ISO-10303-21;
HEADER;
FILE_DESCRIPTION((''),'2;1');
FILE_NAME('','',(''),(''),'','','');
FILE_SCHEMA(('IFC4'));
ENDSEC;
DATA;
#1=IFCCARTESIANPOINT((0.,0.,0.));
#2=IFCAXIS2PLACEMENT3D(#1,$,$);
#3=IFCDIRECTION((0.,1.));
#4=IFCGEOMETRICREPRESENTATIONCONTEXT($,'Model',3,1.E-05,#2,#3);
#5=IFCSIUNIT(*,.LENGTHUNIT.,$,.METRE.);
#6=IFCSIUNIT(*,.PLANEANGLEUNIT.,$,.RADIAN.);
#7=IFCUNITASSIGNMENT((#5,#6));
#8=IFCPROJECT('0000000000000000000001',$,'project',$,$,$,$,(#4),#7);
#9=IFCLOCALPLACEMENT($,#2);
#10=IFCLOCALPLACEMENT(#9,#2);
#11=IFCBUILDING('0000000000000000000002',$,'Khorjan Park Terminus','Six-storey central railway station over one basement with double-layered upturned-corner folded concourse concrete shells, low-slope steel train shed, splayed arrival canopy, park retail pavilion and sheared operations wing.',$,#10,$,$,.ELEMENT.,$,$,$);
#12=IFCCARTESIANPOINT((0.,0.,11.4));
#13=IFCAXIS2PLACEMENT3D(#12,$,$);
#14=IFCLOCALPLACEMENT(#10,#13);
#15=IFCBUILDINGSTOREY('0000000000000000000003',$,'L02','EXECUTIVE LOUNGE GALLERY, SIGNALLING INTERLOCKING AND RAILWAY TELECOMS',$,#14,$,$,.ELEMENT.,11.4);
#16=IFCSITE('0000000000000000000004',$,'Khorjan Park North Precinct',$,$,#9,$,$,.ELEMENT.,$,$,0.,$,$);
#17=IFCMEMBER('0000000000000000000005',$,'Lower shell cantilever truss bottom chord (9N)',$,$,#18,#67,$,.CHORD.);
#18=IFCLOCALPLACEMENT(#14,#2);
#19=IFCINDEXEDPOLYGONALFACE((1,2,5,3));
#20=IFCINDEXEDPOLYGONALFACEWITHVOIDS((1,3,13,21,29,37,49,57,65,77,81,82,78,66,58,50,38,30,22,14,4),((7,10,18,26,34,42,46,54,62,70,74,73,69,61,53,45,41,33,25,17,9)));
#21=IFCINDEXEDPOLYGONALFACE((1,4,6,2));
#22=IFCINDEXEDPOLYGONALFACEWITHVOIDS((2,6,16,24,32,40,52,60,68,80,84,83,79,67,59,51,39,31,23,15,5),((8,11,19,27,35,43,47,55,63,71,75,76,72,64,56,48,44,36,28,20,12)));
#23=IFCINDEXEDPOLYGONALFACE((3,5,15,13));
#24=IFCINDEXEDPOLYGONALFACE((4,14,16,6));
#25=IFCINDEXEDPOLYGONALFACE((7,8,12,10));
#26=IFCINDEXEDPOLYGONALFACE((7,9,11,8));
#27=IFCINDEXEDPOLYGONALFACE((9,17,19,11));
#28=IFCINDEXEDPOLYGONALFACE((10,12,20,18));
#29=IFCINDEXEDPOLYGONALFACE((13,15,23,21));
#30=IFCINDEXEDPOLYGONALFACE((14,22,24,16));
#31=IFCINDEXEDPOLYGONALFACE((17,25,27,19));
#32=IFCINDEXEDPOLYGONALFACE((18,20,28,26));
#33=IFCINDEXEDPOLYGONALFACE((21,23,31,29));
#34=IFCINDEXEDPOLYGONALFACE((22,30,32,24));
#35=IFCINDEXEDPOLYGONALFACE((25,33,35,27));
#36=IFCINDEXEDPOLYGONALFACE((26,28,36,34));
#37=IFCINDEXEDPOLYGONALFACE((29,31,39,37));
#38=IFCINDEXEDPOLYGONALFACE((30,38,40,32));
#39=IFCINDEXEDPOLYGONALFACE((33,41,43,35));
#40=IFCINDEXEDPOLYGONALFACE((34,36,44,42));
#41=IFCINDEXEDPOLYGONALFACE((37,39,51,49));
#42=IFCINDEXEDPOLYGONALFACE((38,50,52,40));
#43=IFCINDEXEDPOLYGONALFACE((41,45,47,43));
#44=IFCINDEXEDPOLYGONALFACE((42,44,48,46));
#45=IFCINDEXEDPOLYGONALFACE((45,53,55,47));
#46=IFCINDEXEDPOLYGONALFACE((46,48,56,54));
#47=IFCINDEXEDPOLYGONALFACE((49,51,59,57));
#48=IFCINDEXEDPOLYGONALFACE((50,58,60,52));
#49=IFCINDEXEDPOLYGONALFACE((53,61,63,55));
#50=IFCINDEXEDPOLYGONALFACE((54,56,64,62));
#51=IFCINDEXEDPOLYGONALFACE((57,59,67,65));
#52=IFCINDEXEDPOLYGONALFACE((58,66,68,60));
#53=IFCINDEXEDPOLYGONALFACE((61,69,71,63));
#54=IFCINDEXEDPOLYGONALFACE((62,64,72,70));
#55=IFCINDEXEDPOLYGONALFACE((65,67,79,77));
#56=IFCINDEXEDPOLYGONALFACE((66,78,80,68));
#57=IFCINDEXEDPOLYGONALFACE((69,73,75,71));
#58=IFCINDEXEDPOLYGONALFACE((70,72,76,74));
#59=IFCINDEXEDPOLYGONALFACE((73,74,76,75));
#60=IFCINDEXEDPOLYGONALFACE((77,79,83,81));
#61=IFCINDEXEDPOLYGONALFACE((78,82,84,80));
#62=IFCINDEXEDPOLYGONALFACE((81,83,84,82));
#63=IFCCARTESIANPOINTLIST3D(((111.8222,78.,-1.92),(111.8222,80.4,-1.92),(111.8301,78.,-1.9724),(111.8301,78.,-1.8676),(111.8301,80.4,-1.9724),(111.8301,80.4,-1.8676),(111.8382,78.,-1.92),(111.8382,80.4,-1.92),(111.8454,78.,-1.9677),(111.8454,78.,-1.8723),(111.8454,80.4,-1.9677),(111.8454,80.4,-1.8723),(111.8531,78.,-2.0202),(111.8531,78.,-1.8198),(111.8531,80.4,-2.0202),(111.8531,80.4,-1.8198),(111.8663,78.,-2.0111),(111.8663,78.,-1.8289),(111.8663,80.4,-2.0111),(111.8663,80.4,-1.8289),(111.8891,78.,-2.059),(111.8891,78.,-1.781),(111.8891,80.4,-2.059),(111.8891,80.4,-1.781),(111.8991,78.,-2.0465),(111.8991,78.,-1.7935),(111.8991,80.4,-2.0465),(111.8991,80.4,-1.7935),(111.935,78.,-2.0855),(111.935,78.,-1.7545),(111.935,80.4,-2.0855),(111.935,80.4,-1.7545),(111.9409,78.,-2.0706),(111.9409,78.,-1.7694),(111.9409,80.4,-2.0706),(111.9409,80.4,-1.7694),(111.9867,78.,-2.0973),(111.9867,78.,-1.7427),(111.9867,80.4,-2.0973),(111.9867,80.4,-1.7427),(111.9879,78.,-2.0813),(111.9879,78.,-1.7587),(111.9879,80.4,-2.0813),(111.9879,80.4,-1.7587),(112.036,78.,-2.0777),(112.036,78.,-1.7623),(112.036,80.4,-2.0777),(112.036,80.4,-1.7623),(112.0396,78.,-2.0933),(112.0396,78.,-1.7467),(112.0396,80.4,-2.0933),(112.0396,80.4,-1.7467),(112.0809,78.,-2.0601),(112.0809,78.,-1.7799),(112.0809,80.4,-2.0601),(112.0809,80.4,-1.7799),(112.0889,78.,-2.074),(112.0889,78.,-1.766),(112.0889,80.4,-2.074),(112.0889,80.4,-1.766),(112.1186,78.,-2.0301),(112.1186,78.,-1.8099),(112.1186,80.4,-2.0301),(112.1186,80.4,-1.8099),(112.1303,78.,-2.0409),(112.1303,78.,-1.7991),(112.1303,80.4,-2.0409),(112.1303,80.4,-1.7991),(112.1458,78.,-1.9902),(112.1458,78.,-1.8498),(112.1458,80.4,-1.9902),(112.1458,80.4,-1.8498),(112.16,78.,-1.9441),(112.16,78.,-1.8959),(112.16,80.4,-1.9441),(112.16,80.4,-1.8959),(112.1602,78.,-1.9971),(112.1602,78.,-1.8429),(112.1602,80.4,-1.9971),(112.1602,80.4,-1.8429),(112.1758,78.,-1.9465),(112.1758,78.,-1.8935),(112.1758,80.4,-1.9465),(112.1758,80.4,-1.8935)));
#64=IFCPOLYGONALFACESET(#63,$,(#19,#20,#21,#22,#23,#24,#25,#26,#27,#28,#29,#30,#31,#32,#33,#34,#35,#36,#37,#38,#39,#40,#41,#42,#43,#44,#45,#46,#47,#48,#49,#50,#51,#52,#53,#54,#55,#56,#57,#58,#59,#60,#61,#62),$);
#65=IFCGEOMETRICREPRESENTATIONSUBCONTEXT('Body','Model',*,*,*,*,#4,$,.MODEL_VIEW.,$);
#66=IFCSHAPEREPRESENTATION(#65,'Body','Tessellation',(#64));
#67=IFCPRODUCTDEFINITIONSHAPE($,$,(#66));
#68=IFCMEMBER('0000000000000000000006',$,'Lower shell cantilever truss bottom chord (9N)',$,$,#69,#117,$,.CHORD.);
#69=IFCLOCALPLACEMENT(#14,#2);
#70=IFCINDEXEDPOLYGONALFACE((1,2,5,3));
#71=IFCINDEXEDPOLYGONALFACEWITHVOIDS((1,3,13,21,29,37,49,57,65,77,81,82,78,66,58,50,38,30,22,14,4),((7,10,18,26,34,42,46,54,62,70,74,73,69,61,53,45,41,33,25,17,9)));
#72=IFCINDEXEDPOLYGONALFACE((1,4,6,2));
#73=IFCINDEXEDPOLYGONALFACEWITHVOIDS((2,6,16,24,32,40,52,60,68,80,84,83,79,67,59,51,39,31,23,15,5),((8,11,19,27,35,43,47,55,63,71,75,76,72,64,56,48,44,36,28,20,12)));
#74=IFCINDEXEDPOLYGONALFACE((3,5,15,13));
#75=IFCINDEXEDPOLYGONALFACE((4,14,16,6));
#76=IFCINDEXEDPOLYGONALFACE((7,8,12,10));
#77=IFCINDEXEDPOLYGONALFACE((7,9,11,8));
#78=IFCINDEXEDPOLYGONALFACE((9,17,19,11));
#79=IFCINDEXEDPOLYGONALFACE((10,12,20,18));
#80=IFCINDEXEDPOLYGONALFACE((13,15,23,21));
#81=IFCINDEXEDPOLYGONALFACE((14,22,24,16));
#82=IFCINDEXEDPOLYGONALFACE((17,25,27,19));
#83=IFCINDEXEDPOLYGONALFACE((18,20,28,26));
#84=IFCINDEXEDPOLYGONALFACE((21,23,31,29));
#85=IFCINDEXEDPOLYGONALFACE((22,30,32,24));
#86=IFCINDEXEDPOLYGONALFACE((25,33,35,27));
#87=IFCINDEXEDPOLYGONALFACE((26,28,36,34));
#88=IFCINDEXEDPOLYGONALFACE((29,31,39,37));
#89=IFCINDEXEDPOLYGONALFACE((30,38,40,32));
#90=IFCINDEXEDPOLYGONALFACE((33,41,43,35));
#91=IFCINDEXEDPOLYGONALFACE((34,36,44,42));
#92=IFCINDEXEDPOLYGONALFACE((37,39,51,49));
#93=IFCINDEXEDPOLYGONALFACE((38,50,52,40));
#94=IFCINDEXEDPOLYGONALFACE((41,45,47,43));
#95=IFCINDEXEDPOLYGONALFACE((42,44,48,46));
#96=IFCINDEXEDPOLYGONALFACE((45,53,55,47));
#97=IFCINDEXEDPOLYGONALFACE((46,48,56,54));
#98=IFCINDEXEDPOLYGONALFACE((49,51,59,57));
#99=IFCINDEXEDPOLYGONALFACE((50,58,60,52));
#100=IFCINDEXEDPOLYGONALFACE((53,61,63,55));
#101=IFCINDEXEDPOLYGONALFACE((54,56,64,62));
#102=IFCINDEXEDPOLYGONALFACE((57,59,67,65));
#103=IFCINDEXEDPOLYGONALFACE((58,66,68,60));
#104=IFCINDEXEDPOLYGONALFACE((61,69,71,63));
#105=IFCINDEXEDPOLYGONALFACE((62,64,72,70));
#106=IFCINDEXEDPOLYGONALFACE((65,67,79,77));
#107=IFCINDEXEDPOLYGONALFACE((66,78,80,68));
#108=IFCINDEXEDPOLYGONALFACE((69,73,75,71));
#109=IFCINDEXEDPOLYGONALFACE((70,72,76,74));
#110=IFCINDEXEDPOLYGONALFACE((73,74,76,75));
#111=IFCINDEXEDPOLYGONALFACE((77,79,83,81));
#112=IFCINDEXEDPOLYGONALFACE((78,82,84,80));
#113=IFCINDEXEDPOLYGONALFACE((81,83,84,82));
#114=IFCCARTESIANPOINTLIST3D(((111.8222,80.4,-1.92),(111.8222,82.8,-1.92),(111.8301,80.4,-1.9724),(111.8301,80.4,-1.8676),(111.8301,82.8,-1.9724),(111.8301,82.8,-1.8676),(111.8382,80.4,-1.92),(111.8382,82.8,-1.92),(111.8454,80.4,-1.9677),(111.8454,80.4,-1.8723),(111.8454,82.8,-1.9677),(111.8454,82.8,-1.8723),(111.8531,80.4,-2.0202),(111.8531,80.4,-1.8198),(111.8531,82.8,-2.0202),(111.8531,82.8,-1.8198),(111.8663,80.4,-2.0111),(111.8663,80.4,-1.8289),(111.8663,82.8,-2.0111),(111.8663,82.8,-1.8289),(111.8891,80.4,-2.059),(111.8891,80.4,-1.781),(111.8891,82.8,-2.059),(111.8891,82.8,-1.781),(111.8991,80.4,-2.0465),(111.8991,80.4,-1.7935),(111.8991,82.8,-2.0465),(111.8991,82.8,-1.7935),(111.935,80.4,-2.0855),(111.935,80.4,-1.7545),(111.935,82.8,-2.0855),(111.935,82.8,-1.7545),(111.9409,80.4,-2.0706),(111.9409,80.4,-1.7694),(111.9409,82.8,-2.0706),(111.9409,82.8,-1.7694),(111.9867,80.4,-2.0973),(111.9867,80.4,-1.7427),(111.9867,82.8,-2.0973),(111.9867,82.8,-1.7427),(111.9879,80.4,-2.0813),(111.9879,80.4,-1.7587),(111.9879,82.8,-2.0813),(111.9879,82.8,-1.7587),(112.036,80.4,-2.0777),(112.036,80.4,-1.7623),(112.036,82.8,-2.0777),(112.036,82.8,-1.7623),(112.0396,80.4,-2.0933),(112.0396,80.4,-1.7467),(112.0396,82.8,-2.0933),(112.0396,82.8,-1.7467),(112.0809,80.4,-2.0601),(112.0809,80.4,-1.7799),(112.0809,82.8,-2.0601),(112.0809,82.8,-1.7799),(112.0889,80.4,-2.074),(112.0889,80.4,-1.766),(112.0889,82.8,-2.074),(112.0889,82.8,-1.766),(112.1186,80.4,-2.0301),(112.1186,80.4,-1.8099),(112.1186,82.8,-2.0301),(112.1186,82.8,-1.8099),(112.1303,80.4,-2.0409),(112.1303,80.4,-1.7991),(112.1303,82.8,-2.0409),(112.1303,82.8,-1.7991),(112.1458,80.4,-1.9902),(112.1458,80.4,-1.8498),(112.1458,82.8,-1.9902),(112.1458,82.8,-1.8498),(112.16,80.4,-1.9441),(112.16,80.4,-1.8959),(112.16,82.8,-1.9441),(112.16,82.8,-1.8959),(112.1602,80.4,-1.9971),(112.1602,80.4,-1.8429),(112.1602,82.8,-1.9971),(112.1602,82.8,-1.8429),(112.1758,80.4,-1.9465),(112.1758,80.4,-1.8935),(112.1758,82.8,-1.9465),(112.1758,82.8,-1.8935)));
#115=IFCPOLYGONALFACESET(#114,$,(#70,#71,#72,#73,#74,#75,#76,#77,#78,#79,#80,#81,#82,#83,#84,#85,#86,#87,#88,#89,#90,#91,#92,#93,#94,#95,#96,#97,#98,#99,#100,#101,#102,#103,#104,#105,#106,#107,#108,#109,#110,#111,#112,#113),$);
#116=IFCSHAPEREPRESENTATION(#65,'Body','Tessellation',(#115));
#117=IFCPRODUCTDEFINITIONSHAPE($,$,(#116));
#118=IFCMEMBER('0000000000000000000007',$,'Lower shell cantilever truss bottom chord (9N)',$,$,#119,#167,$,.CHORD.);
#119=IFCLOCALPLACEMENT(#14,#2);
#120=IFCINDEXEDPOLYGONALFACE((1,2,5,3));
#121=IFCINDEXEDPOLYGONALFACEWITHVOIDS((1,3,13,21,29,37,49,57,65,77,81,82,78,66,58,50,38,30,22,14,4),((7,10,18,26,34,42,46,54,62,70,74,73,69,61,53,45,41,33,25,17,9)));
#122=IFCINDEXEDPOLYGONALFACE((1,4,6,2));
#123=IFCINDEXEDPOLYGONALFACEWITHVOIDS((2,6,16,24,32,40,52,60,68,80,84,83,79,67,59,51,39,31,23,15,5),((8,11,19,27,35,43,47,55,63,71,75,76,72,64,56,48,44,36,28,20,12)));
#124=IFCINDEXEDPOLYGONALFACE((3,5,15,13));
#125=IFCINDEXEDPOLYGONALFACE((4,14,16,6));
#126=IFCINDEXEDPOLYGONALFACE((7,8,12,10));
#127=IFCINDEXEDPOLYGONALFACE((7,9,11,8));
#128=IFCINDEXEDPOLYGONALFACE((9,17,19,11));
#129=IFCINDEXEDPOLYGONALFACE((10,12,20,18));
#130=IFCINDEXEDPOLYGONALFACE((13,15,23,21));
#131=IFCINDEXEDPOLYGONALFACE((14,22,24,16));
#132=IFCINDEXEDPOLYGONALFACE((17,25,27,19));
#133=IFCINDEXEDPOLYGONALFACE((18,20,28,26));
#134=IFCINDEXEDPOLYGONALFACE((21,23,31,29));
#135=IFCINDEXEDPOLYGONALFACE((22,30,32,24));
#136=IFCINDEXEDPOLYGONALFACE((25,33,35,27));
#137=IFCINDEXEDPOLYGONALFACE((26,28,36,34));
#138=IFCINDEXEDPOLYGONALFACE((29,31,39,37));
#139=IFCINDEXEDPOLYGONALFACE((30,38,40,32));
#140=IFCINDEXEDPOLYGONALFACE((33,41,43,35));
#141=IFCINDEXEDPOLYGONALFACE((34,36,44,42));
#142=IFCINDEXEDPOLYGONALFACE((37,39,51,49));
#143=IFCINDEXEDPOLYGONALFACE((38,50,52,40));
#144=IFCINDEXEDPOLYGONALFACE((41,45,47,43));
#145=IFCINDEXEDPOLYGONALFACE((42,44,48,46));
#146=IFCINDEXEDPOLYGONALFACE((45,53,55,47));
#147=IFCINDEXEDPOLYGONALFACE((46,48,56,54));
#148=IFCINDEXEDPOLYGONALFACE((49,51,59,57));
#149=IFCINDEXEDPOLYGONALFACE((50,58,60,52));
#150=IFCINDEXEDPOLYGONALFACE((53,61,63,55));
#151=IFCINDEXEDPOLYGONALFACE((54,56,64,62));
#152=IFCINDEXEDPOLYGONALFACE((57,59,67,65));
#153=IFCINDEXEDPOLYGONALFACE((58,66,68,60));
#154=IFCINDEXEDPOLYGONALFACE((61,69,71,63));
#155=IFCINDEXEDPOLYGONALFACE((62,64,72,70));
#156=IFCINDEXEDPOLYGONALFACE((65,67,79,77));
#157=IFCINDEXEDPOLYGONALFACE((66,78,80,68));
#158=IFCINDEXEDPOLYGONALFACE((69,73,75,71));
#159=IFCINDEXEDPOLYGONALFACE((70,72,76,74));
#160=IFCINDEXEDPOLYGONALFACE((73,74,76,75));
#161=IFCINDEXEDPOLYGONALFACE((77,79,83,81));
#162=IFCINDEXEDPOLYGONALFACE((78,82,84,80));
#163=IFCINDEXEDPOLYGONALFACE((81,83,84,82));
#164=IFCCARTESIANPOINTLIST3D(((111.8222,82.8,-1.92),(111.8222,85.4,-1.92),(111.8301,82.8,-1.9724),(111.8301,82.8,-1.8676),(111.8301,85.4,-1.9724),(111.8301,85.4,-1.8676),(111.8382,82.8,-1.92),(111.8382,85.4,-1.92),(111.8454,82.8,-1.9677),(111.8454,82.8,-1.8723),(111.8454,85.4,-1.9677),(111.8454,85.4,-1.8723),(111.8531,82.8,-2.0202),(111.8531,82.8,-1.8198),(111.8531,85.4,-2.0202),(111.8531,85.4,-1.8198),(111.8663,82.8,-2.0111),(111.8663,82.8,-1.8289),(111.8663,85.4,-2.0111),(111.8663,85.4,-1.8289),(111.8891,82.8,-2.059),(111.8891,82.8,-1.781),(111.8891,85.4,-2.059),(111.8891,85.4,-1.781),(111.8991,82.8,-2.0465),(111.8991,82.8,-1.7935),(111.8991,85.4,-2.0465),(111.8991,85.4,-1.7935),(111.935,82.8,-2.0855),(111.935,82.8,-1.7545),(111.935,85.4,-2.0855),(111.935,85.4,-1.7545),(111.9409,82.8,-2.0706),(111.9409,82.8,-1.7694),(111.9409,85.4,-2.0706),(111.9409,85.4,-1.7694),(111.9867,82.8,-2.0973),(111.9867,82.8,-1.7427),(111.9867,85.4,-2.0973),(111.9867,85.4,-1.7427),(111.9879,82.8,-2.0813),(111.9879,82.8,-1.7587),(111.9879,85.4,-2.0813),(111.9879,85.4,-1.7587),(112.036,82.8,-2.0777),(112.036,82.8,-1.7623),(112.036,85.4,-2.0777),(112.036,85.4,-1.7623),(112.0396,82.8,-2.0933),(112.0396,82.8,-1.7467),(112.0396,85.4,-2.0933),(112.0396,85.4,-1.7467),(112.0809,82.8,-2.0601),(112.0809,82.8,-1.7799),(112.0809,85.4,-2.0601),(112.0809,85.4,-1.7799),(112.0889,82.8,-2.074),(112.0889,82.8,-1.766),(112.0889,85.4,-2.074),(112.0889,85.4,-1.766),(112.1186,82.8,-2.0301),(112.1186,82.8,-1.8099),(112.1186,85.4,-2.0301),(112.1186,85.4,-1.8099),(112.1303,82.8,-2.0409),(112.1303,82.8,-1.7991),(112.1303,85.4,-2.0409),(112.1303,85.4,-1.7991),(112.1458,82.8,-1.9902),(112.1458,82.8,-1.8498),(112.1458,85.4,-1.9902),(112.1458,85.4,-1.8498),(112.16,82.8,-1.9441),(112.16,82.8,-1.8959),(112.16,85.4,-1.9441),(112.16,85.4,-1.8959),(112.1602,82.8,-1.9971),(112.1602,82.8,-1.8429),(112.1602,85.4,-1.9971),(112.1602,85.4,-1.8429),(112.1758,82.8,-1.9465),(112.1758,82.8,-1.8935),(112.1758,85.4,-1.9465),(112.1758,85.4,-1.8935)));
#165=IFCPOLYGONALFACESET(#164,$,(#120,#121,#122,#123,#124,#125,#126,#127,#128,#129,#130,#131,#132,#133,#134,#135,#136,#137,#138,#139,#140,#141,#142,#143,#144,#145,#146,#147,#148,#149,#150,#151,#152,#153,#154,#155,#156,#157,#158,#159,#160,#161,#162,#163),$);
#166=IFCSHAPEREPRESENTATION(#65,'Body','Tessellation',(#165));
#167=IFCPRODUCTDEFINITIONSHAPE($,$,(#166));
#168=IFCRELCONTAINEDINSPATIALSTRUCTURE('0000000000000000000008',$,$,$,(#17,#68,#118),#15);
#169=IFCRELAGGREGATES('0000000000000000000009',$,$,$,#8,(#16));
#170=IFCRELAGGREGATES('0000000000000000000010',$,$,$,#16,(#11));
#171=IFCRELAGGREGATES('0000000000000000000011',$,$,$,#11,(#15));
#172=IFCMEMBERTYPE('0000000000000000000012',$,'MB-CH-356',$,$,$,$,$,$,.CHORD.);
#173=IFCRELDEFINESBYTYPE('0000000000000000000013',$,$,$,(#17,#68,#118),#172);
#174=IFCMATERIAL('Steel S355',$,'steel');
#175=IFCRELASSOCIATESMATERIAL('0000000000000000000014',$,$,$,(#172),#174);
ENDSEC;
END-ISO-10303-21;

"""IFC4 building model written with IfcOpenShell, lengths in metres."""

from ifc_helpers import new_model, si_unit, direction, frame, origin, origin_2d, place, context, subcontext, project, spatial, hollow_circle, extrude, material, material_profile, profile_set, type_object, element, save


model = new_model("IFC4")

# Units and contexts
model_context = context("Model", 3, precision=1e-05, world=origin(), true_north=direction((0.0, 1.0)))
body_context = subcontext(model_context, "Body", "Model", "MODEL_VIEW")
ifc_project = project(units=[si_unit("LENGTHUNIT", "METRE"), si_unit("PLANEANGLEUNIT", "RADIAN")], contexts=[model_context])

# Site, building, storey
site_placement = place(None, origin())
site = spatial("IfcSite", under=ifc_project, at=site_placement, Name="Khorjan Park North Precinct", CompositionType="ELEMENT", RefElevation=0.0)
building_placement = place(site_placement, origin())
building = spatial("IfcBuilding", under=site, at=building_placement, Name="Khorjan Park Terminus", Description="Six-storey central railway station over one basement with double-layered upturned-corner folded concourse concrete shells, low-slope steel train shed, splayed arrival canopy, park retail pavilion and sheared operations wing.", CompositionType="ELEMENT")
storey_placement = place(building_placement, frame((0.0, 0.0, 11.4)))
storey = spatial("IfcBuildingStorey", under=building, at=storey_placement, Name="L02", Description="EXECUTIVE LOUNGE GALLERY, SIGNALLING INTERLOCKING AND RAILWAY TELECOMS", CompositionType="ELEMENT", Elevation=11.4)

# Members
ifc_material_1 = material(Name="Steel S355", Category="steel")
ifc_material_profile_1 = material_profile(ifc_material_1, hollow_circle(Radius=0.1778, WallThickness=0.016, at=origin_2d()), Name="CHS 355.6x16")
ifc_profile_set_1 = profile_set([ifc_material_profile_1], Name="Steel S355")
member_type_1 = type_object("IfcMemberType", Name="MB-CH-356", PredefinedType="CHORD", material=ifc_profile_set_1)
for number, where, z_axis, x_axis, name in (
    (1, (112.0, 78.0, -1.92), (0.0, 1.0, 0.0), (-1.0, 0.0, 0.0), "Lower shell cantilever truss bottom chord (9N)"),
    (2, (112.0, 80.4, -1.92), (0.0, 1.0, 0.0), (-1.0, 0.0, 0.0), "Lower shell cantilever truss bottom chord (9N)"),
):
    element("IfcMember", number, at=place(storey_placement, frame(where, z_axis=z_axis, x_axis=x_axis)), inside=storey, type_object=member_type_1, Name=name, PredefinedType="CHORD", context=body_context, shape_type="SweptSolid", body=[
        extrude(hollow_circle(Radius=0.1778, WallThickness=0.016, at=origin_2d()), origin(), (0.0, 0.0, 1.0), 2.4),
    ])
for number, where, z_axis, x_axis, name in (
    (3, (112.0, 82.8, -1.92), (0.0, 1.0, 0.0), (-1.0, 0.0, 0.0), "Lower shell cantilever truss bottom chord (9N)"),
):
    element("IfcMember", number, at=place(storey_placement, frame(where, z_axis=z_axis, x_axis=x_axis)), inside=storey, type_object=member_type_1, Name=name, PredefinedType="CHORD", context=body_context, shape_type="SweptSolid", body=[
        extrude(hollow_circle(Radius=0.1778, WallThickness=0.016, at=origin_2d()), origin(), (0.0, 0.0, 1.0), 2.6),
    ])

save(model, "model.ifc")
